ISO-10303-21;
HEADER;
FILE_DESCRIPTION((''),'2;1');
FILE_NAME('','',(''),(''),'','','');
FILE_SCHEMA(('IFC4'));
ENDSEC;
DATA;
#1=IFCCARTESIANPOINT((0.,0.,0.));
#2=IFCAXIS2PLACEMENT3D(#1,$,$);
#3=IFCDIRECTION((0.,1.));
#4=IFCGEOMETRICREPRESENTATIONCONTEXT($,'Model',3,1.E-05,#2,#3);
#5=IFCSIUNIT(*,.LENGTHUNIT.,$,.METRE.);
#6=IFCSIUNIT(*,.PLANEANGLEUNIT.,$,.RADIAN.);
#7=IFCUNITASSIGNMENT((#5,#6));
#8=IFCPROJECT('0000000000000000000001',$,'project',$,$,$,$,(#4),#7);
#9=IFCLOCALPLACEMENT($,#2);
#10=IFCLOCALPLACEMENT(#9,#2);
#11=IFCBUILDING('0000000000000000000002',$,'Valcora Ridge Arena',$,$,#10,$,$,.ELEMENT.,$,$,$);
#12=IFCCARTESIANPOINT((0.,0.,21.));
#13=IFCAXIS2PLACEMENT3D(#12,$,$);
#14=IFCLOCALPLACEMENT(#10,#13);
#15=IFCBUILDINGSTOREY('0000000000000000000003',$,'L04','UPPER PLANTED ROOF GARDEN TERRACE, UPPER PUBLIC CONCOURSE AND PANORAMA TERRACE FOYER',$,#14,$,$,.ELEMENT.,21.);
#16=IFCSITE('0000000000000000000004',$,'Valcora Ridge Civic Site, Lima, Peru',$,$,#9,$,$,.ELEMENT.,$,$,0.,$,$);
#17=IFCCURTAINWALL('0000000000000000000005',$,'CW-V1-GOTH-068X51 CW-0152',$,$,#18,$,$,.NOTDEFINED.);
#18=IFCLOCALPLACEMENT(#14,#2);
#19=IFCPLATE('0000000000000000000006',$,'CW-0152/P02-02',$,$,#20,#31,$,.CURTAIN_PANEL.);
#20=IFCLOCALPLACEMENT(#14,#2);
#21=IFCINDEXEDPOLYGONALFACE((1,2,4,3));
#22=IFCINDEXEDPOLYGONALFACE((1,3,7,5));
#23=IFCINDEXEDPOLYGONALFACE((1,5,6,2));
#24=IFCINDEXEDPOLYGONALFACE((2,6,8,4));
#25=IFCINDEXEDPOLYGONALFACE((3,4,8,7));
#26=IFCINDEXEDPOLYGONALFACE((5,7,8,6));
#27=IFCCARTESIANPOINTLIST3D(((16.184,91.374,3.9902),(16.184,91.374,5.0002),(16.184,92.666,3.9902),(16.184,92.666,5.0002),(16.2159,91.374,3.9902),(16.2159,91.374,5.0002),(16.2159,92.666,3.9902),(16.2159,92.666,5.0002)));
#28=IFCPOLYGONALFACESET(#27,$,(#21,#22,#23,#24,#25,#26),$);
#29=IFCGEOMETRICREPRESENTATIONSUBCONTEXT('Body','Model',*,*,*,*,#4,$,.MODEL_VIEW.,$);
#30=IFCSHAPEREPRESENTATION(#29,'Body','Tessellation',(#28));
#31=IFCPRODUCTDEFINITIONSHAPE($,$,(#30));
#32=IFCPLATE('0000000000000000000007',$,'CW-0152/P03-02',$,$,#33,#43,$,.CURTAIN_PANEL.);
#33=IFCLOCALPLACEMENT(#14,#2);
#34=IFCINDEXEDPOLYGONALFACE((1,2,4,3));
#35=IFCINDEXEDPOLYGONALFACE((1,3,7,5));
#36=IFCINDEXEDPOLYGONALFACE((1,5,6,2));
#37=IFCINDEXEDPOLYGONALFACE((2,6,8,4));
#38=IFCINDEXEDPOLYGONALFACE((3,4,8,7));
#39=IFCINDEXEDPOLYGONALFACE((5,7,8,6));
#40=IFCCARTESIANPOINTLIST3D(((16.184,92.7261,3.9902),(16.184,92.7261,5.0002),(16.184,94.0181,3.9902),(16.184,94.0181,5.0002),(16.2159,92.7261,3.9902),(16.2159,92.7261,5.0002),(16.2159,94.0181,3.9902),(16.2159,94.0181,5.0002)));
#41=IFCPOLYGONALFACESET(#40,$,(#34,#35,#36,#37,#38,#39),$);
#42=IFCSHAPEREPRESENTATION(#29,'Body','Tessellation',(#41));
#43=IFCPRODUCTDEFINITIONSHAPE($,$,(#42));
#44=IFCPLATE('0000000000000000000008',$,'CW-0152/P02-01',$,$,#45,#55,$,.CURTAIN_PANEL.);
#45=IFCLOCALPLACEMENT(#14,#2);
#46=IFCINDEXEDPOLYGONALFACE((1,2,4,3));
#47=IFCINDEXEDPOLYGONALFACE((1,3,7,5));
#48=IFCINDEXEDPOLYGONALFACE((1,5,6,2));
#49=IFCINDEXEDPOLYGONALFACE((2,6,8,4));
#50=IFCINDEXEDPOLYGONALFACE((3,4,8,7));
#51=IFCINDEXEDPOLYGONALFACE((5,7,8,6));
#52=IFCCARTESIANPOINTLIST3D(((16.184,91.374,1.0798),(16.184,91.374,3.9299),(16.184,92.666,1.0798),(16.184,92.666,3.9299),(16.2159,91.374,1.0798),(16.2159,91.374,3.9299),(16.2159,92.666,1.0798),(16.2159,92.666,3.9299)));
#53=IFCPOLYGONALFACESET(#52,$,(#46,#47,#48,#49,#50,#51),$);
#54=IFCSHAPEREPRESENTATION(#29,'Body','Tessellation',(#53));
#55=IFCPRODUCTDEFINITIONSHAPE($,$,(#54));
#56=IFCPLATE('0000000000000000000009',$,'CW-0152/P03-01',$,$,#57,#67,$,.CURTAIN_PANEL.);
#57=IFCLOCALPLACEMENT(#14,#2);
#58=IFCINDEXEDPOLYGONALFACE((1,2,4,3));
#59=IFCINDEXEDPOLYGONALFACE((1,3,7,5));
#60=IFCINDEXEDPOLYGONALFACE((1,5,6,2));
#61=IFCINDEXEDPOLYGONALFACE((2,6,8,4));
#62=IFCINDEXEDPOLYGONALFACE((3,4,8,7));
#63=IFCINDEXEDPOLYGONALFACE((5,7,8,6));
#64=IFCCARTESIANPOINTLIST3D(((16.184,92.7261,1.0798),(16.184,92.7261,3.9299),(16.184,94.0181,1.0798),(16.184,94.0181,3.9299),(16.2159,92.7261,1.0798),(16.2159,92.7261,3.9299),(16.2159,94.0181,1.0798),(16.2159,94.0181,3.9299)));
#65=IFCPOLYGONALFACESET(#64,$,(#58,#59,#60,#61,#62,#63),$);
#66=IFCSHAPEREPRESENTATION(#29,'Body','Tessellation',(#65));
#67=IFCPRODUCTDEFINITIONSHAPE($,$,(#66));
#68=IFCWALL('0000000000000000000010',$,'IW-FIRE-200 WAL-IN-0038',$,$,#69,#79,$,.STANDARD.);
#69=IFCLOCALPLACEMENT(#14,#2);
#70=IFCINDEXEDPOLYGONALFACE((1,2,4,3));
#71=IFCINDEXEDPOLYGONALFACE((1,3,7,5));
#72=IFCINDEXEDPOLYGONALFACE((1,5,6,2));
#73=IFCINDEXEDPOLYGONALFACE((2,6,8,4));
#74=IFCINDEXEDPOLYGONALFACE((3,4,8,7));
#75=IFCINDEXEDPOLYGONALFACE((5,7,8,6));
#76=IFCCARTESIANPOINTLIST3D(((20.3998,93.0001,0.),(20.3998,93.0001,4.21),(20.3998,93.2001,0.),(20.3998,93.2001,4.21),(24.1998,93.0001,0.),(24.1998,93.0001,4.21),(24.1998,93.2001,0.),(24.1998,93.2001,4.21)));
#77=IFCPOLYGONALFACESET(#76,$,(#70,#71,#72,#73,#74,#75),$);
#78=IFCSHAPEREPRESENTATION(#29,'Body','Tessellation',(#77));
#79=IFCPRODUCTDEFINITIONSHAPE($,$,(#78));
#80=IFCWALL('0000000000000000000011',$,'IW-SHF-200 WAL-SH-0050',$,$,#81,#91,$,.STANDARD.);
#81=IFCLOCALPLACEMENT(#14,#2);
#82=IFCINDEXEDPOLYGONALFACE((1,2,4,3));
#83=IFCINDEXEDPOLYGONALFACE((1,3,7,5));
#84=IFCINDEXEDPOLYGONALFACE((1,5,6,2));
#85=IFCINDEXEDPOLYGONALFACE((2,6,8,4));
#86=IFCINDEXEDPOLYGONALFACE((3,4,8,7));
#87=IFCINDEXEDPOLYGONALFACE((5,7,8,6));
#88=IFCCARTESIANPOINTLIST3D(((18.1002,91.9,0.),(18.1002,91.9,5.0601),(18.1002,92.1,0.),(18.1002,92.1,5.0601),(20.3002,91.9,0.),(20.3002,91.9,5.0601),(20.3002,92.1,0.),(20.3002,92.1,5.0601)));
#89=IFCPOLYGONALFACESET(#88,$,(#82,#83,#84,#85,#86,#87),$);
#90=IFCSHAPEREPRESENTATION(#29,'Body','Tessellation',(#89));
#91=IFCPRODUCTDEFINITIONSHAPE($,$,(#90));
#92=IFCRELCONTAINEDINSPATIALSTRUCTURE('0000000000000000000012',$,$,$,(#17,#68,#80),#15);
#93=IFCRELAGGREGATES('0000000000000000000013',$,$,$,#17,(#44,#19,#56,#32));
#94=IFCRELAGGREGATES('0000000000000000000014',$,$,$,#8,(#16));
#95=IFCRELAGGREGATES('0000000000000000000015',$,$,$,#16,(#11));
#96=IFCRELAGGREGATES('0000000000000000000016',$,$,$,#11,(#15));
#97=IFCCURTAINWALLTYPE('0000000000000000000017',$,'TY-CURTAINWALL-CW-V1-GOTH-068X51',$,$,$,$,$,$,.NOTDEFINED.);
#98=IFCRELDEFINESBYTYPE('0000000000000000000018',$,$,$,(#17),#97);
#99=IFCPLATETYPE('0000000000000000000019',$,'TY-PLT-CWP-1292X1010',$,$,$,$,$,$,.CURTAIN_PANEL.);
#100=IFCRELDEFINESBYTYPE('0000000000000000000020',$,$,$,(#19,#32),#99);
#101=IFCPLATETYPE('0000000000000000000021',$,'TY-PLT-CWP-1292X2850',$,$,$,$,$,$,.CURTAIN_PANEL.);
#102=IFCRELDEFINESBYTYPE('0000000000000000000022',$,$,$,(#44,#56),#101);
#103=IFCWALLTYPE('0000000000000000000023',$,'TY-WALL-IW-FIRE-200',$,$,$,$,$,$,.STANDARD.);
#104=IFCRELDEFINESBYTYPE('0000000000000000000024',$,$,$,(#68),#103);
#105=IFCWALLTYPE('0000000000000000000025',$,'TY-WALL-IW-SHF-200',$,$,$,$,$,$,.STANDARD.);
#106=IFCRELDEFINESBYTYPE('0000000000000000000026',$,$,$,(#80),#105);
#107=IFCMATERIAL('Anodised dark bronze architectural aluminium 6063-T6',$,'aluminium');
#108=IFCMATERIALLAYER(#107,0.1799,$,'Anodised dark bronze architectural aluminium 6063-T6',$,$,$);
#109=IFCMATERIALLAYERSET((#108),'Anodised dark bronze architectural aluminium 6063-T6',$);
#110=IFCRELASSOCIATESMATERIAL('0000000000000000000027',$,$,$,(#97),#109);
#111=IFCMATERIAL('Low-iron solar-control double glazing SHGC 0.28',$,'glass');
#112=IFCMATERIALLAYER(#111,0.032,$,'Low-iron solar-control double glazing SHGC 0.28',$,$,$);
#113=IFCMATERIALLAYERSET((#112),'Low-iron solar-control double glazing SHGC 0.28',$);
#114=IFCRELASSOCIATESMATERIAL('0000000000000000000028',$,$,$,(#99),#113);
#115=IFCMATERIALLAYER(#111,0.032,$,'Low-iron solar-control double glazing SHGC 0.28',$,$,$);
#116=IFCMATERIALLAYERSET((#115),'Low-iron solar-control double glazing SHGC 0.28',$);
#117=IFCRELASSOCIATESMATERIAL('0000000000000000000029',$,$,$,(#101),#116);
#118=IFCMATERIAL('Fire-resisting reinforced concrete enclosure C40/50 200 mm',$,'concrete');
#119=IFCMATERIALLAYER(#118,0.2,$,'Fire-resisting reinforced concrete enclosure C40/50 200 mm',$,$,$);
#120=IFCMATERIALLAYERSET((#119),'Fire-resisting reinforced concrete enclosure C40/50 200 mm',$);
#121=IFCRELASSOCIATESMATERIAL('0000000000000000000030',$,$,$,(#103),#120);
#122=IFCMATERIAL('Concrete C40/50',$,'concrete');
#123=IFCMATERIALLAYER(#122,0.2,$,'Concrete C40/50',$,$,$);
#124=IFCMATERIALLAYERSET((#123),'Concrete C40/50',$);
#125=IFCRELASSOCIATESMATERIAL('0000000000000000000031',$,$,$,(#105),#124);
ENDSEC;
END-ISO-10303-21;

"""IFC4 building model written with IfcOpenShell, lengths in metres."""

from ifc_helpers import new_model, si_unit, direction, frame, frame_2d, origin, origin_2d, place, context, subcontext, project, spatial, rectangle, extrude, material, layer, layer_set, type_object, element, aggregate, save


model = new_model("IFC4")

# Units and contexts
model_context = context("Model", 3, precision=1e-05, world=origin(), true_north=direction((0.0, 1.0)))
body_context = subcontext(model_context, "Body", "Model", "MODEL_VIEW")
ifc_project = project(units=[si_unit("LENGTHUNIT", "METRE"), si_unit("PLANEANGLEUNIT", "RADIAN")], contexts=[model_context])

# Site, building, storey
site_placement = place(None, origin())
site = spatial("IfcSite", under=ifc_project, at=site_placement, Name="Valcora Ridge Civic Site, Lima, Peru", CompositionType="ELEMENT", RefElevation=0.0)
building_placement = place(site_placement, origin())
building = spatial("IfcBuilding", under=site, at=building_placement, Name="Valcora Ridge Arena", CompositionType="ELEMENT")
storey_placement = place(building_placement, frame((0.0, 0.0, 21.0)))
storey = spatial("IfcBuildingStorey", under=building, at=storey_placement, Name="L04", Description="UPPER PLANTED ROOF GARDEN TERRACE, UPPER PUBLIC CONCOURSE AND PANORAMA TERRACE FOYER", CompositionType="ELEMENT", Elevation=21.0)

# Shared definitions
ifc_material_1 = material(Name="Concrete C40/50", Category="concrete")

# Curtain wall, plates
ifc_material_2 = material(Name="Anodised dark bronze architectural aluminium 6063-T6", Category="aluminium")
ifc_layer_1 = layer(ifc_material_2, 0.1799, Name="Anodised dark bronze architectural aluminium 6063-T6")
ifc_layer_set_1 = layer_set([ifc_layer_1], Name="Anodised dark bronze architectural aluminium 6063-T6")
curtain_wall_type = type_object("IfcCurtainWallType", Name="TY-CURTAINWALL-CW-V1-GOTH-068X51", PredefinedType="NOTDEFINED", material=ifc_layer_set_1)
curtain_wall_placement = place(storey_placement, origin())
curtain_wall = element("IfcCurtainWall", 1, at=curtain_wall_placement, inside=storey, type_object=curtain_wall_type, Name="CW-V1-GOTH-068X51 CW-0152", PredefinedType="NOTDEFINED")
ifc_material_3 = material(Name="Low-iron solar-control double glazing SHGC 0.28", Category="glass")
ifc_layer_2 = layer(ifc_material_3, 0.032, Name="Low-iron solar-control double glazing SHGC 0.28")
ifc_layer_set_2 = layer_set([ifc_layer_2], Name="Low-iron solar-control double glazing SHGC 0.28")
plate_type_1 = type_object("IfcPlateType", Name="TY-PLT-CWP-1292X1010", PredefinedType="CURTAIN_PANEL", material=ifc_layer_set_2)
plate_1_placement = place(storey_placement, frame((16.2, 92.02, 3.9902), z_axis=(0.0, 0.0, 1.0), x_axis=(0.0, 1.0, 0.0)))
plate_1 = element("IfcPlate", 2, at=plate_1_placement, type_object=plate_type_1, Name="CW-0152/P02-02", PredefinedType="CURTAIN_PANEL", context=body_context, shape_type="SweptSolid", body=[
    extrude(rectangle(XDim=1.292, YDim=0.032, at=origin_2d()), origin(), (0.0, 0.0, 1.0), 1.01),
])
plate_2_placement = place(storey_placement, frame((16.2, 93.3721, 3.9902), z_axis=(0.0, 0.0, 1.0), x_axis=(0.0, 1.0, 0.0)))
plate_2 = element("IfcPlate", 3, at=plate_2_placement, type_object=plate_type_1, Name="CW-0152/P03-02", PredefinedType="CURTAIN_PANEL", context=body_context, shape_type="SweptSolid", body=[
    extrude(rectangle(XDim=1.292, YDim=0.032, at=origin_2d()), origin(), (0.0, 0.0, 1.0), 1.01),
])
ifc_layer_3 = layer(ifc_material_3, 0.032, Name="Low-iron solar-control double glazing SHGC 0.28")
ifc_layer_set_3 = layer_set([ifc_layer_3], Name="Low-iron solar-control double glazing SHGC 0.28")
plate_type_2 = type_object("IfcPlateType", Name="TY-PLT-CWP-1292X2850", PredefinedType="CURTAIN_PANEL", material=ifc_layer_set_3)
plate_3_placement = place(storey_placement, frame((16.2, 92.02, 1.0798), z_axis=(0.0, 0.0, 1.0), x_axis=(0.0, 1.0, 0.0)))
plate_3 = element("IfcPlate", 4, at=plate_3_placement, type_object=plate_type_2, Name="CW-0152/P02-01", PredefinedType="CURTAIN_PANEL", context=body_context, shape_type="SweptSolid", body=[
    extrude(rectangle(XDim=1.292, YDim=0.032, at=origin_2d()), origin(), (0.0, 0.0, 1.0), 2.8501),
])
plate_4_placement = place(storey_placement, frame((16.2, 93.3721, 1.0798), z_axis=(0.0, 0.0, 1.0), x_axis=(0.0, 1.0, 0.0)))
plate_4 = element("IfcPlate", 5, at=plate_4_placement, type_object=plate_type_2, Name="CW-0152/P03-01", PredefinedType="CURTAIN_PANEL", context=body_context, shape_type="SweptSolid", body=[
    extrude(rectangle(XDim=1.292, YDim=0.032, at=origin_2d()), origin(), (0.0, 0.0, 1.0), 2.8501),
])
aggregate(curtain_wall, [plate_3, plate_1, plate_4, plate_2])

# Walls
ifc_material_4 = material(Name="Fire-resisting reinforced concrete enclosure C40/50 200 mm", Category="concrete")
ifc_layer_4 = layer(ifc_material_4, 0.2, Name="Fire-resisting reinforced concrete enclosure C40/50 200 mm")
ifc_layer_set_4 = layer_set([ifc_layer_4], Name="Fire-resisting reinforced concrete enclosure C40/50 200 mm")
wall_type_1 = type_object("IfcWallType", Name="TY-WALL-IW-FIRE-200", PredefinedType="STANDARD", material=ifc_layer_set_4)
wall_1_placement = place(storey_placement, frame((20.3999, 93.1001, 0.0), z_axis=(0.0, 0.0, 1.0), x_axis=(1.0, 0.0, 0.0)))
element("IfcWall", 6, at=wall_1_placement, inside=storey, type_object=wall_type_1, Name="IW-FIRE-200 WAL-IN-0038", PredefinedType="STANDARD", context=body_context, shape_type="SweptSolid", body=[
    extrude(rectangle(XDim=3.8, YDim=0.2, at=frame_2d((1.8999, 0.0))), origin(), (0.0, 0.0, 1.0), 4.21),
])
ifc_layer_5 = layer(ifc_material_1, 0.2, Name="Concrete C40/50")
ifc_layer_set_5 = layer_set([ifc_layer_5], Name="Concrete C40/50")
wall_type_2 = type_object("IfcWallType", Name="TY-WALL-IW-SHF-200", PredefinedType="STANDARD", material=ifc_layer_set_5)
wall_2_placement = place(storey_placement, frame((18.1001, 92.0, 0.0), z_axis=(0.0, 0.0, 1.0), x_axis=(1.0, 0.0, 0.0)))
element("IfcWall", 7, at=wall_2_placement, inside=storey, type_object=wall_type_2, Name="IW-SHF-200 WAL-SH-0050", PredefinedType="STANDARD", context=body_context, shape_type="SweptSolid", body=[
    extrude(rectangle(XDim=2.2, YDim=0.2, at=frame_2d((1.1001, 0.0))), origin(), (0.0, 0.0, 1.0), 5.0601),
])

save(model, "model.ifc")
